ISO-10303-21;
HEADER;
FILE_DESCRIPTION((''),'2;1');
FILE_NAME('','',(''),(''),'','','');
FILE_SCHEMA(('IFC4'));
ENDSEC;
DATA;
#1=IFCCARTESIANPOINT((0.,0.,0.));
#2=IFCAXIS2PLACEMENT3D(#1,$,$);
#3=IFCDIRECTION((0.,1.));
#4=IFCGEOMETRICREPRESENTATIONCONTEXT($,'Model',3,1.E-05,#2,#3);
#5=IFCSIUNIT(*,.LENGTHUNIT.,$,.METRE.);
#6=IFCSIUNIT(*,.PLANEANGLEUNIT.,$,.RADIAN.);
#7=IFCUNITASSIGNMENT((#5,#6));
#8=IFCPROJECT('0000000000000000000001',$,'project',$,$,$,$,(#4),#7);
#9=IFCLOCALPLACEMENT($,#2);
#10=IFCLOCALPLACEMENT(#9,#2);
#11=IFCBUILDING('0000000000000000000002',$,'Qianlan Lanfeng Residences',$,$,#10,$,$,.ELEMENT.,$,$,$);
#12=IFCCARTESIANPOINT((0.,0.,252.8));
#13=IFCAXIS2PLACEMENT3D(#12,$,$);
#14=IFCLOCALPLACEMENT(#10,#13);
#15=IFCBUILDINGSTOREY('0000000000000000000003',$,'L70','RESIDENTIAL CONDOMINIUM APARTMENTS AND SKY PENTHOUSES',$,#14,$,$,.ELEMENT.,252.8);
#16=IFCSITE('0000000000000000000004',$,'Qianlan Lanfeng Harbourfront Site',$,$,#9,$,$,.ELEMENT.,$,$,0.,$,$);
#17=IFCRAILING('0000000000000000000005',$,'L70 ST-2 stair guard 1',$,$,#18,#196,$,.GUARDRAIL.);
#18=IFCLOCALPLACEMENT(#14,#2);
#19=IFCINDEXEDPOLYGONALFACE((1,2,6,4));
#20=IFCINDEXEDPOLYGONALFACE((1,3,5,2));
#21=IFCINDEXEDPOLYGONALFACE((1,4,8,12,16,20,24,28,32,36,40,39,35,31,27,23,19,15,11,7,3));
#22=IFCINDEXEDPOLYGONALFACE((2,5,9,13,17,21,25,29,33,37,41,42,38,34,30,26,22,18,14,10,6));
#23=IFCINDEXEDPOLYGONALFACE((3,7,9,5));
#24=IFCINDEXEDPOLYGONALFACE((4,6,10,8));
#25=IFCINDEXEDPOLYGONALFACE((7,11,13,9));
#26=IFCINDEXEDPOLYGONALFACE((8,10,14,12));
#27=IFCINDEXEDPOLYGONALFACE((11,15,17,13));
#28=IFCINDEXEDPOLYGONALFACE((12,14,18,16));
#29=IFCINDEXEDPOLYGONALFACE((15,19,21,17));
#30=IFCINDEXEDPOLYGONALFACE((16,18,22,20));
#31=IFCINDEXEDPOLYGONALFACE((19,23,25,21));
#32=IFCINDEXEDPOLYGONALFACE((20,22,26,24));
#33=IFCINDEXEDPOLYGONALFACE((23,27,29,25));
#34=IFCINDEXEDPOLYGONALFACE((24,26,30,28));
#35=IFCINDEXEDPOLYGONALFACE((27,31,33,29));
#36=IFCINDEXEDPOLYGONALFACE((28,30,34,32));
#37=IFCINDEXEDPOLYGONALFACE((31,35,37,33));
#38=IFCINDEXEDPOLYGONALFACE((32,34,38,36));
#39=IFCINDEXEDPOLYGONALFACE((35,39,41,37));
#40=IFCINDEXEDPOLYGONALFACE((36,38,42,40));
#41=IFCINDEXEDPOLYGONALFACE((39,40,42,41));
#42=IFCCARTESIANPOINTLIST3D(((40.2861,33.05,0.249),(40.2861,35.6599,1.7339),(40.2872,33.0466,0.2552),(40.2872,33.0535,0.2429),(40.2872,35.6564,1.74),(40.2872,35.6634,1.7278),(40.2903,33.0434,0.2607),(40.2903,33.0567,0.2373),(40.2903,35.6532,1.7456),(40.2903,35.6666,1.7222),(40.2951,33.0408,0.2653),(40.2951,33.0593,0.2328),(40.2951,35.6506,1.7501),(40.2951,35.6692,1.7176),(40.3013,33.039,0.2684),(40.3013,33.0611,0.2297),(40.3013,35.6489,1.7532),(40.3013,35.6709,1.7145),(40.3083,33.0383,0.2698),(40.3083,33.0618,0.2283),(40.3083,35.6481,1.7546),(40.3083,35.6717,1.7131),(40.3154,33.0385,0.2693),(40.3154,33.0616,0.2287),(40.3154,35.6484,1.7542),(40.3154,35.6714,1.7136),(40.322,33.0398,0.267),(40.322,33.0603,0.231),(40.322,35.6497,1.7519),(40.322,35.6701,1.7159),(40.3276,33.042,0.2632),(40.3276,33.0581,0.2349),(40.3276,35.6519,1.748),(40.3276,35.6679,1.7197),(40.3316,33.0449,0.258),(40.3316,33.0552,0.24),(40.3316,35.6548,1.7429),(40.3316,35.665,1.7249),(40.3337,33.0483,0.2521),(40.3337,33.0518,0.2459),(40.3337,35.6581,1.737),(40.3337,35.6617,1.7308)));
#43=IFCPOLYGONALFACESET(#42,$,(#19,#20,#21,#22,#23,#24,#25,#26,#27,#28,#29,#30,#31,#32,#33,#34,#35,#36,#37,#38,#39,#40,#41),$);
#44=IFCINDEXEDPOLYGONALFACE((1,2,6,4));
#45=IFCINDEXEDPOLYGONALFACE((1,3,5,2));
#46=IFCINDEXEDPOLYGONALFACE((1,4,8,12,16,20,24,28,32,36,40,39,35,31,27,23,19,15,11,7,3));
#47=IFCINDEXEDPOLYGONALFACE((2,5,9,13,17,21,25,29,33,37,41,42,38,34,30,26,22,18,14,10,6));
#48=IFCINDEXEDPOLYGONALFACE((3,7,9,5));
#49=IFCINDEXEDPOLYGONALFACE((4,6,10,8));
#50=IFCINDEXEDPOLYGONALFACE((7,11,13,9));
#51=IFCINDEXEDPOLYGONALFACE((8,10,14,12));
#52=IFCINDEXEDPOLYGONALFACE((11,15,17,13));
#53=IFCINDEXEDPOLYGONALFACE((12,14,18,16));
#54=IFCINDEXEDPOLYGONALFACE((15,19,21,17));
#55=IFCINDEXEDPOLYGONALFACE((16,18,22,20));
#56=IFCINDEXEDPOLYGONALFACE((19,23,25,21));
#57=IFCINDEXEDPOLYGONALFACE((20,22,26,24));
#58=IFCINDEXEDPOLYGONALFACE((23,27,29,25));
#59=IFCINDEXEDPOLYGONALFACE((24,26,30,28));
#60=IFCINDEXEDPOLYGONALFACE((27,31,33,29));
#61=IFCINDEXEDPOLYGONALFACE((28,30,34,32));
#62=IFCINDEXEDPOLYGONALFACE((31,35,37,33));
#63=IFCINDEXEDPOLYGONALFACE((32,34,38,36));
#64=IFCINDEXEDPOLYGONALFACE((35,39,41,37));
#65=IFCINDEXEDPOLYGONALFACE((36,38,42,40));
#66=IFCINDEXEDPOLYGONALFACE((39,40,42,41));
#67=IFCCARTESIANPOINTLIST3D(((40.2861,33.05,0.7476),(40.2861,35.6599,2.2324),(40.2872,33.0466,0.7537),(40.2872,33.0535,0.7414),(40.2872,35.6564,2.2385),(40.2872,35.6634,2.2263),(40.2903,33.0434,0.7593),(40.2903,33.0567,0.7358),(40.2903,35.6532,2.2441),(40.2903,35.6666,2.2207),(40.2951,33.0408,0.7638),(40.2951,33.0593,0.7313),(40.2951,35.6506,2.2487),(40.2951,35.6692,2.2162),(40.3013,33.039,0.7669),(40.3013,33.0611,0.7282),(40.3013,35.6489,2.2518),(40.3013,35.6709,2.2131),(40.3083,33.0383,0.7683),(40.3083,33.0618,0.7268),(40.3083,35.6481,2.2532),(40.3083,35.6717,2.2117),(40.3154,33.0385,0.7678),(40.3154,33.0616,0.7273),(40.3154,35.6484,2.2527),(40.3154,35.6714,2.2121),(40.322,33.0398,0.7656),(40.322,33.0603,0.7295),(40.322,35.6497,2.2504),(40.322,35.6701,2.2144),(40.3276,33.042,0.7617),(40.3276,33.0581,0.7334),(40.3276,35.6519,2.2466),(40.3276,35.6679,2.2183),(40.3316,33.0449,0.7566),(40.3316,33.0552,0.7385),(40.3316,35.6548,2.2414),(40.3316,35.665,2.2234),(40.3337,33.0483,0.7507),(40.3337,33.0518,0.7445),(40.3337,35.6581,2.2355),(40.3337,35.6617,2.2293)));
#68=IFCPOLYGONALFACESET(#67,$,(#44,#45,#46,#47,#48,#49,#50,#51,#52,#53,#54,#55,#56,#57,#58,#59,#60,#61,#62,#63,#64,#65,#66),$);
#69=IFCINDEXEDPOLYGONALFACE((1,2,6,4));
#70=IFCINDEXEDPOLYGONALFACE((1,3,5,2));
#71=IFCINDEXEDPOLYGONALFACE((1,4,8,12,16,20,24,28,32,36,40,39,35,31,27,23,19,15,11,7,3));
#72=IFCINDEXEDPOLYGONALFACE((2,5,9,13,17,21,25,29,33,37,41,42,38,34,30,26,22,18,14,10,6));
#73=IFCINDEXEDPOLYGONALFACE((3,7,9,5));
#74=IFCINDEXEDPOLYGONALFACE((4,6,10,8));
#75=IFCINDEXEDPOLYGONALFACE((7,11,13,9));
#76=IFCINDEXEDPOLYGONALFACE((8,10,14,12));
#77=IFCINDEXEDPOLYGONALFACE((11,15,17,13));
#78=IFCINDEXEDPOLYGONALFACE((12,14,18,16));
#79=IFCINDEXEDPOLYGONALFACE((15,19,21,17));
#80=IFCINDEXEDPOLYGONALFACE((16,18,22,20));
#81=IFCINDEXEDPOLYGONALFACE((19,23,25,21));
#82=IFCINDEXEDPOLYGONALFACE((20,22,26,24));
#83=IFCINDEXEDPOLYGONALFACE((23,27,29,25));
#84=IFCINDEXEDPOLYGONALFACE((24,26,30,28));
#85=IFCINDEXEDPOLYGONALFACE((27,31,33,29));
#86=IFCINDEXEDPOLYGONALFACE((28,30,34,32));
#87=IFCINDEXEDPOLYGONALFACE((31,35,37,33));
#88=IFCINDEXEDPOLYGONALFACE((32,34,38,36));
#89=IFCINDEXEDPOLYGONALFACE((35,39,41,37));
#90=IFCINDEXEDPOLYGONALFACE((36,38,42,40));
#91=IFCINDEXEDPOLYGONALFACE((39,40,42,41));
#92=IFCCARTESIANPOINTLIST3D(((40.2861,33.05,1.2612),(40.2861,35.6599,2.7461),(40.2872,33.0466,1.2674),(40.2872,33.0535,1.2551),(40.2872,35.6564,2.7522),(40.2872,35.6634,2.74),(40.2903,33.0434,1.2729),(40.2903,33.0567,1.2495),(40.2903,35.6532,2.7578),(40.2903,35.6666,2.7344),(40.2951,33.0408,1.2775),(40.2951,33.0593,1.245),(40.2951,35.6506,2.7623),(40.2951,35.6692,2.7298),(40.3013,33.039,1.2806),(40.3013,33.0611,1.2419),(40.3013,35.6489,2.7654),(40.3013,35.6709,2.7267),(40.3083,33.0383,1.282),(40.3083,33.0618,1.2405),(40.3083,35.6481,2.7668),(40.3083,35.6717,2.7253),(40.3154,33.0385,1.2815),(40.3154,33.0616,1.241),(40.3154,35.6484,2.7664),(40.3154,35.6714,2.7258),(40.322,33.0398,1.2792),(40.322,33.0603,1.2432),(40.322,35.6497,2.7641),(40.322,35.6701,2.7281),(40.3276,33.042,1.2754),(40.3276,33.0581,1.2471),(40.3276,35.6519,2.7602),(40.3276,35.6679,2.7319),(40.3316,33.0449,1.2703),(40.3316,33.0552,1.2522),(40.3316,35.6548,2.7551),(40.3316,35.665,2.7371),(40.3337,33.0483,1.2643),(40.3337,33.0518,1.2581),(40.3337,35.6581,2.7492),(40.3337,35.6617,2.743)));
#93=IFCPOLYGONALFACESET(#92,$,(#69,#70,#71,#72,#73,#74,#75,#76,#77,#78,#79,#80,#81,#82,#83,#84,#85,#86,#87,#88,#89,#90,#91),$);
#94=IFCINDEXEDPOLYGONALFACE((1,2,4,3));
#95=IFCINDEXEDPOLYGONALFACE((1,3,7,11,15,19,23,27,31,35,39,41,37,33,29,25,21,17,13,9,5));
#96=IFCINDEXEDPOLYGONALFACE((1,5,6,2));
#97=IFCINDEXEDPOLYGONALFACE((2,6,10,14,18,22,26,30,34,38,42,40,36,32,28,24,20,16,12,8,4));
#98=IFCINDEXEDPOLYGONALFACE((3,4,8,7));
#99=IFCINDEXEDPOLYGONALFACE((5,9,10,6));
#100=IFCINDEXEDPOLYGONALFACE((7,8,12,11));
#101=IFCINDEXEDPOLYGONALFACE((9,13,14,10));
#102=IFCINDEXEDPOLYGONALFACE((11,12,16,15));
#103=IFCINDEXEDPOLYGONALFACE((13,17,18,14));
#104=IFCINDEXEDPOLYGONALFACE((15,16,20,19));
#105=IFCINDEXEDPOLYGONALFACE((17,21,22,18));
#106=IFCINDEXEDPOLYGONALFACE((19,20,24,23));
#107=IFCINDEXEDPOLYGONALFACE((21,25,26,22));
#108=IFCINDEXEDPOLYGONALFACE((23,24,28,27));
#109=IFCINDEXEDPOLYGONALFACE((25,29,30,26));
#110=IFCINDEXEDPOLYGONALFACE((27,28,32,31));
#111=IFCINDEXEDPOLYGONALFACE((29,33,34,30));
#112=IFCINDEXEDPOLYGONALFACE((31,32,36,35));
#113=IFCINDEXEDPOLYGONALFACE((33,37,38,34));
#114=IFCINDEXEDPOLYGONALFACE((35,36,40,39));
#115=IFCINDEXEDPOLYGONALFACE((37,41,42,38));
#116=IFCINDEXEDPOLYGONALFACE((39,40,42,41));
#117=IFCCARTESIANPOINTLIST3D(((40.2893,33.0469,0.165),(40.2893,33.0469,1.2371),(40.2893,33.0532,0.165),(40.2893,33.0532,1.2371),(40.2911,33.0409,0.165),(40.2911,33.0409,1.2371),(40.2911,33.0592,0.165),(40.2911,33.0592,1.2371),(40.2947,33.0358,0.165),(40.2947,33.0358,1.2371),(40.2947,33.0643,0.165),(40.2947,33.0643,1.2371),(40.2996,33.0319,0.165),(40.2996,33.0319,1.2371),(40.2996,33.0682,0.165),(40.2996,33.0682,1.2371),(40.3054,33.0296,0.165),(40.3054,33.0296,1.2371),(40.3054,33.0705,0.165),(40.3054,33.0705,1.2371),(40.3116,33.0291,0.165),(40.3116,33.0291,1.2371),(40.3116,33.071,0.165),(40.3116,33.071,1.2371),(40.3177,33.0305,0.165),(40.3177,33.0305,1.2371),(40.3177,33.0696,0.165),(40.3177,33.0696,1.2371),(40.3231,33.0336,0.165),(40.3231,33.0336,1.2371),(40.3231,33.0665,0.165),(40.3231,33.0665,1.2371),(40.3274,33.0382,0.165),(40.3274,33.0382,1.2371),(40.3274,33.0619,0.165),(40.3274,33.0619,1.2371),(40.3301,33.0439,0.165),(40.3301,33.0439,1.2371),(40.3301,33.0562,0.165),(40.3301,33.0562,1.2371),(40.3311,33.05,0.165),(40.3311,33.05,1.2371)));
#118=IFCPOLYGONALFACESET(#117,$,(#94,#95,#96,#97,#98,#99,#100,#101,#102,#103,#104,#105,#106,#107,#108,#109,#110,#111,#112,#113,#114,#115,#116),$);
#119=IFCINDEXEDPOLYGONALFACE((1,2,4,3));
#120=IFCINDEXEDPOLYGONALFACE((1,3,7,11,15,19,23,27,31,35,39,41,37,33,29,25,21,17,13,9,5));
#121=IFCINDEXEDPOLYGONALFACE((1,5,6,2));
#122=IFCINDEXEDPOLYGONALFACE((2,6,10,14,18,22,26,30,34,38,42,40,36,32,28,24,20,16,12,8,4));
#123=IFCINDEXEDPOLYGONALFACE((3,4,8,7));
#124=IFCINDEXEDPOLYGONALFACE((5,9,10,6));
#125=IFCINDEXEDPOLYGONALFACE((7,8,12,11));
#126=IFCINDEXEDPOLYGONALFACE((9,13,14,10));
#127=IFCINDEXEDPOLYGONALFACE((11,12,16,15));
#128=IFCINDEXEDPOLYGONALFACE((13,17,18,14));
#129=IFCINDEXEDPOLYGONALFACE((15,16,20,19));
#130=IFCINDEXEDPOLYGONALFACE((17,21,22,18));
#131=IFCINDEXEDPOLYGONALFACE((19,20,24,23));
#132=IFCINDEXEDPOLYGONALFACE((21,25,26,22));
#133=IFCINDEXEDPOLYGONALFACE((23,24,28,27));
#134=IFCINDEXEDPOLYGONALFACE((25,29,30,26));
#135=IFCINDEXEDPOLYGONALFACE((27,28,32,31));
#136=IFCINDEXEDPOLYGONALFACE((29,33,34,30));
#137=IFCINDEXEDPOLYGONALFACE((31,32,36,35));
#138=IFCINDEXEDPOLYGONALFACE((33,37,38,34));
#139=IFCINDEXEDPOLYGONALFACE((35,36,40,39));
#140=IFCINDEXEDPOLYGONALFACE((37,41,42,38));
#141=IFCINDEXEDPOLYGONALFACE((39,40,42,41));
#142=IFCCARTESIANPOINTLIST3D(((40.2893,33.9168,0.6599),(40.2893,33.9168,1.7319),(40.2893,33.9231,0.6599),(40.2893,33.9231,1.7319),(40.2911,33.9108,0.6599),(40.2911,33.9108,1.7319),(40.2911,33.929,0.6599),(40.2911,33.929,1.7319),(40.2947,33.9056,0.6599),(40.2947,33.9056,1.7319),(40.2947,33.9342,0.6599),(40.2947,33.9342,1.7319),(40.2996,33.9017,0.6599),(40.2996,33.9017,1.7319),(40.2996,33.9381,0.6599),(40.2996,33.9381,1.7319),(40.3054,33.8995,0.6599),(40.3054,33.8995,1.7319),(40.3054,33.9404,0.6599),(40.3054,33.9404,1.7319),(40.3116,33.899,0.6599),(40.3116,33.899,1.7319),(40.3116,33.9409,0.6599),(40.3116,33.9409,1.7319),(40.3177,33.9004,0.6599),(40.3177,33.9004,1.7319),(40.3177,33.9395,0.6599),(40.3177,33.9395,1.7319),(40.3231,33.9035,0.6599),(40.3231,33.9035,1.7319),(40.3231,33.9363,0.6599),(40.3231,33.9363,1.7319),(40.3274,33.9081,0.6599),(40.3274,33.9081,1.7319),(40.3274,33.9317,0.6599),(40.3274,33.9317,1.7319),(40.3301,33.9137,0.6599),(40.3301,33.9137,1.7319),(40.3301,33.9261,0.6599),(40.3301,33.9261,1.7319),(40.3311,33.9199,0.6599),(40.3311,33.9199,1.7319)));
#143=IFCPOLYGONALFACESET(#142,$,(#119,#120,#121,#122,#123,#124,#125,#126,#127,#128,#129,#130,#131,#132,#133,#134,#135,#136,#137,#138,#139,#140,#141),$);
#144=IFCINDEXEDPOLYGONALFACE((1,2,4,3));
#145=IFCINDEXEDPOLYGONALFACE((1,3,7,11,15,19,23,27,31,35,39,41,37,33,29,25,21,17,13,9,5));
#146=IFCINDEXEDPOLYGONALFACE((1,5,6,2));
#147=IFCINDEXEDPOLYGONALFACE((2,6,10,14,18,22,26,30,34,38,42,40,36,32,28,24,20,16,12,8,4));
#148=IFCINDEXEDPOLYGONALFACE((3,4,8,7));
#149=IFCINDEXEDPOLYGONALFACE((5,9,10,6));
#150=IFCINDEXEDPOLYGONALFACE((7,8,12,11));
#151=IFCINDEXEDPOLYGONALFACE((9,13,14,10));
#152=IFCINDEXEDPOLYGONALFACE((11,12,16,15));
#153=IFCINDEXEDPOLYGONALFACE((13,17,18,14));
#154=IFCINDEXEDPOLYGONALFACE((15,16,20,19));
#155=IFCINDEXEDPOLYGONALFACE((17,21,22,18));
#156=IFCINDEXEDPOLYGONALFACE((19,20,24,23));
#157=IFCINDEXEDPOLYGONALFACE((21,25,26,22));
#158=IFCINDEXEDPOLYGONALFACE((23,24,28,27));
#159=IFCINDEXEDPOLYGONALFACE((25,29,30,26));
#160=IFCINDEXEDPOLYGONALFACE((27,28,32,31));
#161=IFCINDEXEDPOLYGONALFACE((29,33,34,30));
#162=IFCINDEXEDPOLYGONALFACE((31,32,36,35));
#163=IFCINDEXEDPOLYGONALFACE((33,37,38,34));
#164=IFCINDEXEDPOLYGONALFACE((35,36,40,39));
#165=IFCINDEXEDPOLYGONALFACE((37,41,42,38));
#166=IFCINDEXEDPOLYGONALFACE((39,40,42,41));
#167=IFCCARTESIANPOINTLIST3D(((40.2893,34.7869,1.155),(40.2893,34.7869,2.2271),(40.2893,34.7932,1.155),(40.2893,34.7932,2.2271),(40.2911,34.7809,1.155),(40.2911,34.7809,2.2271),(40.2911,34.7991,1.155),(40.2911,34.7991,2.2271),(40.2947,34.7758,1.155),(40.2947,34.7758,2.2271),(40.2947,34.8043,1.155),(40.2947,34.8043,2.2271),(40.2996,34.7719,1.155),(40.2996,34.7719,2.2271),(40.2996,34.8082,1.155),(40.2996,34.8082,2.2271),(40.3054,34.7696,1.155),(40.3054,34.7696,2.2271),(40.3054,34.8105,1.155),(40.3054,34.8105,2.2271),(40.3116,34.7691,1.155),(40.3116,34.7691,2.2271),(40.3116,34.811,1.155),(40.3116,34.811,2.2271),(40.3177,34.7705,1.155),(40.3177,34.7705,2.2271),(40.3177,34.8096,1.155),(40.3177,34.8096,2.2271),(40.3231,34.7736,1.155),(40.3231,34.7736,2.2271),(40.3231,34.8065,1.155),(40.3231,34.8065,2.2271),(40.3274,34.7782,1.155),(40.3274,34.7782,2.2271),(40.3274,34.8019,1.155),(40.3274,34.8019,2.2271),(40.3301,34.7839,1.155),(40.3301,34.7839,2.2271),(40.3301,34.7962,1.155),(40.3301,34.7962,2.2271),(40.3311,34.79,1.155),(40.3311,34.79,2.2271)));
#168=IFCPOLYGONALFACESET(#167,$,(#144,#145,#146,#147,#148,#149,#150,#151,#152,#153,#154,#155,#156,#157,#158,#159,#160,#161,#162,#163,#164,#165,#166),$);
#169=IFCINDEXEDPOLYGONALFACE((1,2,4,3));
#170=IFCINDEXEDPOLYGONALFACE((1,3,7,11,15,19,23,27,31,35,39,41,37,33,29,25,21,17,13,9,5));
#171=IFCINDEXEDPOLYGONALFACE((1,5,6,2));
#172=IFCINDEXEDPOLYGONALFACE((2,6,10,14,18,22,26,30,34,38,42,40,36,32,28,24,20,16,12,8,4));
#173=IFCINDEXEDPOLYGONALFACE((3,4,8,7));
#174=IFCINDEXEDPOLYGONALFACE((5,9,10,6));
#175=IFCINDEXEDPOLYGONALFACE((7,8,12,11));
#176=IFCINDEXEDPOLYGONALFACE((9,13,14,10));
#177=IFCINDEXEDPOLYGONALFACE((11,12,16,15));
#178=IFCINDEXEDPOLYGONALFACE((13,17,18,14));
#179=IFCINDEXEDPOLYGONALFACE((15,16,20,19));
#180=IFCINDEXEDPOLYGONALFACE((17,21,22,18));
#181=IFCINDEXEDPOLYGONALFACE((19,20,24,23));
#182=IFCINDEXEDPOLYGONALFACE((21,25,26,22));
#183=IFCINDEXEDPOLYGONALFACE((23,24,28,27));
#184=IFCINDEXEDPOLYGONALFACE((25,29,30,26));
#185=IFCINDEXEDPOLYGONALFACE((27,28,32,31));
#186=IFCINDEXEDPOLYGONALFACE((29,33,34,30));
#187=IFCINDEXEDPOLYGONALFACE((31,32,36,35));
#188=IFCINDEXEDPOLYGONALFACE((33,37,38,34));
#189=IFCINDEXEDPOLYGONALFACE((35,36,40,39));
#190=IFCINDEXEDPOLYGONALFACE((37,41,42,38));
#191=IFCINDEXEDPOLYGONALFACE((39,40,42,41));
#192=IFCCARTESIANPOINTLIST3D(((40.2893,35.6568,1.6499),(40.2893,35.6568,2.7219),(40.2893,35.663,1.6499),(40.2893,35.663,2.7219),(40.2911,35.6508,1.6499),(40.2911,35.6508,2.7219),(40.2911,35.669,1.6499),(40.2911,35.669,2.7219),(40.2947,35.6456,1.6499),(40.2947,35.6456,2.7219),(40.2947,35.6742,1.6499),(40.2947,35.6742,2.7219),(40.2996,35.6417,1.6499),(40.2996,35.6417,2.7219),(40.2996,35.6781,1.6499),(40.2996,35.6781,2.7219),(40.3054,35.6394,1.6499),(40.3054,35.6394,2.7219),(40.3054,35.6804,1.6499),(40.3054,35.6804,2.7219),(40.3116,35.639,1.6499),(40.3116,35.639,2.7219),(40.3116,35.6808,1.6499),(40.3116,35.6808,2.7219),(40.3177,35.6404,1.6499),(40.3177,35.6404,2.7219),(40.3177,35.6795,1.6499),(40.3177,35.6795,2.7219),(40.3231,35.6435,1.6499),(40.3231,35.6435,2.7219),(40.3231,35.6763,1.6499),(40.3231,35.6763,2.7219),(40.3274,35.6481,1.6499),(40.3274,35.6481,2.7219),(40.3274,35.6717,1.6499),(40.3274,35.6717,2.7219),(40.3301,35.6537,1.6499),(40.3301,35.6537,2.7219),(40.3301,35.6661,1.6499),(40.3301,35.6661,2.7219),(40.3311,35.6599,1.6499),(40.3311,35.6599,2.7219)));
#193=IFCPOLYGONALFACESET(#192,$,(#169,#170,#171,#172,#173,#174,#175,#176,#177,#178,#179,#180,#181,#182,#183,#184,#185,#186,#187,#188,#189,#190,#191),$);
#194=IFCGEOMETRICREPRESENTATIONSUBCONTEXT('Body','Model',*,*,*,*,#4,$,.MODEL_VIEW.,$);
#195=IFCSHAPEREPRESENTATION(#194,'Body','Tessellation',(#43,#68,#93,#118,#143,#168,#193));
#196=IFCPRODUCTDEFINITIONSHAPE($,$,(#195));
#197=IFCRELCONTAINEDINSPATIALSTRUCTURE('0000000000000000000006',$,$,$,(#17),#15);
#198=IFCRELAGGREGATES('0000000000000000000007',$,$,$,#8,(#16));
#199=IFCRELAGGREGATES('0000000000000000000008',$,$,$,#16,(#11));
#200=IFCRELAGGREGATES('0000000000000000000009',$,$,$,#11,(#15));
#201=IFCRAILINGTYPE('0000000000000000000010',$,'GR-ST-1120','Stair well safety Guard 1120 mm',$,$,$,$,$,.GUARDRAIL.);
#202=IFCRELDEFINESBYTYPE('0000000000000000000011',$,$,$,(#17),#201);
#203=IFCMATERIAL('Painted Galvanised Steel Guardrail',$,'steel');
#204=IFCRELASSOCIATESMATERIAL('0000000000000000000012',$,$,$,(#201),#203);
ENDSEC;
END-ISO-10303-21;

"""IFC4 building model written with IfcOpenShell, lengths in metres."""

from ifc_helpers import new_model, si_unit, direction, frame, origin, origin_2d, place, context, subcontext, project, spatial, circle, extrude, material, type_object, element, save


model = new_model("IFC4")

# Units and contexts
model_context = context("Model", 3, precision=1e-05, world=origin(), true_north=direction((0.0, 1.0)))
body_context = subcontext(model_context, "Body", "Model", "MODEL_VIEW")
ifc_project = project(units=[si_unit("LENGTHUNIT", "METRE"), si_unit("PLANEANGLEUNIT", "RADIAN")], contexts=[model_context])

# Site, building, storey
site_placement = place(None, origin())
site = spatial("IfcSite", under=ifc_project, at=site_placement, Name="Qianlan Lanfeng Harbourfront Site", CompositionType="ELEMENT", RefElevation=0.0)
building_placement = place(site_placement, origin())
building = spatial("IfcBuilding", under=site, at=building_placement, Name="Qianlan Lanfeng Residences", CompositionType="ELEMENT")
storey_placement = place(building_placement, frame((0.0, 0.0, 252.8)))
storey = spatial("IfcBuildingStorey", under=building, at=storey_placement, Name="L70", Description="RESIDENTIAL CONDOMINIUM APARTMENTS AND SKY PENTHOUSES", CompositionType="ELEMENT", Elevation=252.8)

# Railing
ifc_material_1 = material(Name="Painted Galvanised Steel Guardrail", Category="steel")
railing_type_1 = type_object("IfcRailingType", Name="GR-ST-1120", Description="Stair well safety Guard 1120 mm", PredefinedType="GUARDRAIL", material=ifc_material_1)
railing_1_placement = place(storey_placement, frame((40.3101, 33.05, 0.165)))
element("IfcRailing", 1, at=railing_1_placement, inside=storey, type_object=railing_type_1, Name="L70 ST-2 stair guard 1", PredefinedType="GUARDRAIL", context=body_context, shape_type="SweptSolid", body=[
    extrude(circle(Radius=0.0239, at=origin_2d()), frame((0.0, 0.0, 0.084), z_axis=(0.0, 0.869172, 0.494509), x_axis=(-1.0, 0.0, 0.0)), (0.0, 0.0, 1.0), 3.0027),
    extrude(circle(Radius=0.0239, at=origin_2d()), frame((0.0, 0.0, 0.5825), z_axis=(0.0, 0.869172, 0.494509), x_axis=(-1.0, 0.0, 0.0)), (0.0, 0.0, 1.0), 3.0027),
    extrude(circle(Radius=0.0239, at=origin_2d()), frame((0.0, 0.0, 1.0962), z_axis=(0.0, 0.869172, 0.494509), x_axis=(-1.0, 0.0, 0.0)), (0.0, 0.0, 1.0), 3.0027),
    extrude(circle(Radius=0.021, at=origin_2d()), origin(), (0.0, 0.0, 1.0), 1.072),
    extrude(circle(Radius=0.021, at=origin_2d()), frame((0.0, 0.8699, 0.4949)), (0.0, 0.0, 1.0), 1.072),
    extrude(circle(Radius=0.021, at=origin_2d()), frame((0.0, 1.74, 0.99)), (0.0, 0.0, 1.0), 1.072),
    extrude(circle(Radius=0.021, at=origin_2d()), frame((0.0, 2.6099, 1.4849)), (0.0, 0.0, 1.0), 1.072),
])

save(model, "model.ifc")
